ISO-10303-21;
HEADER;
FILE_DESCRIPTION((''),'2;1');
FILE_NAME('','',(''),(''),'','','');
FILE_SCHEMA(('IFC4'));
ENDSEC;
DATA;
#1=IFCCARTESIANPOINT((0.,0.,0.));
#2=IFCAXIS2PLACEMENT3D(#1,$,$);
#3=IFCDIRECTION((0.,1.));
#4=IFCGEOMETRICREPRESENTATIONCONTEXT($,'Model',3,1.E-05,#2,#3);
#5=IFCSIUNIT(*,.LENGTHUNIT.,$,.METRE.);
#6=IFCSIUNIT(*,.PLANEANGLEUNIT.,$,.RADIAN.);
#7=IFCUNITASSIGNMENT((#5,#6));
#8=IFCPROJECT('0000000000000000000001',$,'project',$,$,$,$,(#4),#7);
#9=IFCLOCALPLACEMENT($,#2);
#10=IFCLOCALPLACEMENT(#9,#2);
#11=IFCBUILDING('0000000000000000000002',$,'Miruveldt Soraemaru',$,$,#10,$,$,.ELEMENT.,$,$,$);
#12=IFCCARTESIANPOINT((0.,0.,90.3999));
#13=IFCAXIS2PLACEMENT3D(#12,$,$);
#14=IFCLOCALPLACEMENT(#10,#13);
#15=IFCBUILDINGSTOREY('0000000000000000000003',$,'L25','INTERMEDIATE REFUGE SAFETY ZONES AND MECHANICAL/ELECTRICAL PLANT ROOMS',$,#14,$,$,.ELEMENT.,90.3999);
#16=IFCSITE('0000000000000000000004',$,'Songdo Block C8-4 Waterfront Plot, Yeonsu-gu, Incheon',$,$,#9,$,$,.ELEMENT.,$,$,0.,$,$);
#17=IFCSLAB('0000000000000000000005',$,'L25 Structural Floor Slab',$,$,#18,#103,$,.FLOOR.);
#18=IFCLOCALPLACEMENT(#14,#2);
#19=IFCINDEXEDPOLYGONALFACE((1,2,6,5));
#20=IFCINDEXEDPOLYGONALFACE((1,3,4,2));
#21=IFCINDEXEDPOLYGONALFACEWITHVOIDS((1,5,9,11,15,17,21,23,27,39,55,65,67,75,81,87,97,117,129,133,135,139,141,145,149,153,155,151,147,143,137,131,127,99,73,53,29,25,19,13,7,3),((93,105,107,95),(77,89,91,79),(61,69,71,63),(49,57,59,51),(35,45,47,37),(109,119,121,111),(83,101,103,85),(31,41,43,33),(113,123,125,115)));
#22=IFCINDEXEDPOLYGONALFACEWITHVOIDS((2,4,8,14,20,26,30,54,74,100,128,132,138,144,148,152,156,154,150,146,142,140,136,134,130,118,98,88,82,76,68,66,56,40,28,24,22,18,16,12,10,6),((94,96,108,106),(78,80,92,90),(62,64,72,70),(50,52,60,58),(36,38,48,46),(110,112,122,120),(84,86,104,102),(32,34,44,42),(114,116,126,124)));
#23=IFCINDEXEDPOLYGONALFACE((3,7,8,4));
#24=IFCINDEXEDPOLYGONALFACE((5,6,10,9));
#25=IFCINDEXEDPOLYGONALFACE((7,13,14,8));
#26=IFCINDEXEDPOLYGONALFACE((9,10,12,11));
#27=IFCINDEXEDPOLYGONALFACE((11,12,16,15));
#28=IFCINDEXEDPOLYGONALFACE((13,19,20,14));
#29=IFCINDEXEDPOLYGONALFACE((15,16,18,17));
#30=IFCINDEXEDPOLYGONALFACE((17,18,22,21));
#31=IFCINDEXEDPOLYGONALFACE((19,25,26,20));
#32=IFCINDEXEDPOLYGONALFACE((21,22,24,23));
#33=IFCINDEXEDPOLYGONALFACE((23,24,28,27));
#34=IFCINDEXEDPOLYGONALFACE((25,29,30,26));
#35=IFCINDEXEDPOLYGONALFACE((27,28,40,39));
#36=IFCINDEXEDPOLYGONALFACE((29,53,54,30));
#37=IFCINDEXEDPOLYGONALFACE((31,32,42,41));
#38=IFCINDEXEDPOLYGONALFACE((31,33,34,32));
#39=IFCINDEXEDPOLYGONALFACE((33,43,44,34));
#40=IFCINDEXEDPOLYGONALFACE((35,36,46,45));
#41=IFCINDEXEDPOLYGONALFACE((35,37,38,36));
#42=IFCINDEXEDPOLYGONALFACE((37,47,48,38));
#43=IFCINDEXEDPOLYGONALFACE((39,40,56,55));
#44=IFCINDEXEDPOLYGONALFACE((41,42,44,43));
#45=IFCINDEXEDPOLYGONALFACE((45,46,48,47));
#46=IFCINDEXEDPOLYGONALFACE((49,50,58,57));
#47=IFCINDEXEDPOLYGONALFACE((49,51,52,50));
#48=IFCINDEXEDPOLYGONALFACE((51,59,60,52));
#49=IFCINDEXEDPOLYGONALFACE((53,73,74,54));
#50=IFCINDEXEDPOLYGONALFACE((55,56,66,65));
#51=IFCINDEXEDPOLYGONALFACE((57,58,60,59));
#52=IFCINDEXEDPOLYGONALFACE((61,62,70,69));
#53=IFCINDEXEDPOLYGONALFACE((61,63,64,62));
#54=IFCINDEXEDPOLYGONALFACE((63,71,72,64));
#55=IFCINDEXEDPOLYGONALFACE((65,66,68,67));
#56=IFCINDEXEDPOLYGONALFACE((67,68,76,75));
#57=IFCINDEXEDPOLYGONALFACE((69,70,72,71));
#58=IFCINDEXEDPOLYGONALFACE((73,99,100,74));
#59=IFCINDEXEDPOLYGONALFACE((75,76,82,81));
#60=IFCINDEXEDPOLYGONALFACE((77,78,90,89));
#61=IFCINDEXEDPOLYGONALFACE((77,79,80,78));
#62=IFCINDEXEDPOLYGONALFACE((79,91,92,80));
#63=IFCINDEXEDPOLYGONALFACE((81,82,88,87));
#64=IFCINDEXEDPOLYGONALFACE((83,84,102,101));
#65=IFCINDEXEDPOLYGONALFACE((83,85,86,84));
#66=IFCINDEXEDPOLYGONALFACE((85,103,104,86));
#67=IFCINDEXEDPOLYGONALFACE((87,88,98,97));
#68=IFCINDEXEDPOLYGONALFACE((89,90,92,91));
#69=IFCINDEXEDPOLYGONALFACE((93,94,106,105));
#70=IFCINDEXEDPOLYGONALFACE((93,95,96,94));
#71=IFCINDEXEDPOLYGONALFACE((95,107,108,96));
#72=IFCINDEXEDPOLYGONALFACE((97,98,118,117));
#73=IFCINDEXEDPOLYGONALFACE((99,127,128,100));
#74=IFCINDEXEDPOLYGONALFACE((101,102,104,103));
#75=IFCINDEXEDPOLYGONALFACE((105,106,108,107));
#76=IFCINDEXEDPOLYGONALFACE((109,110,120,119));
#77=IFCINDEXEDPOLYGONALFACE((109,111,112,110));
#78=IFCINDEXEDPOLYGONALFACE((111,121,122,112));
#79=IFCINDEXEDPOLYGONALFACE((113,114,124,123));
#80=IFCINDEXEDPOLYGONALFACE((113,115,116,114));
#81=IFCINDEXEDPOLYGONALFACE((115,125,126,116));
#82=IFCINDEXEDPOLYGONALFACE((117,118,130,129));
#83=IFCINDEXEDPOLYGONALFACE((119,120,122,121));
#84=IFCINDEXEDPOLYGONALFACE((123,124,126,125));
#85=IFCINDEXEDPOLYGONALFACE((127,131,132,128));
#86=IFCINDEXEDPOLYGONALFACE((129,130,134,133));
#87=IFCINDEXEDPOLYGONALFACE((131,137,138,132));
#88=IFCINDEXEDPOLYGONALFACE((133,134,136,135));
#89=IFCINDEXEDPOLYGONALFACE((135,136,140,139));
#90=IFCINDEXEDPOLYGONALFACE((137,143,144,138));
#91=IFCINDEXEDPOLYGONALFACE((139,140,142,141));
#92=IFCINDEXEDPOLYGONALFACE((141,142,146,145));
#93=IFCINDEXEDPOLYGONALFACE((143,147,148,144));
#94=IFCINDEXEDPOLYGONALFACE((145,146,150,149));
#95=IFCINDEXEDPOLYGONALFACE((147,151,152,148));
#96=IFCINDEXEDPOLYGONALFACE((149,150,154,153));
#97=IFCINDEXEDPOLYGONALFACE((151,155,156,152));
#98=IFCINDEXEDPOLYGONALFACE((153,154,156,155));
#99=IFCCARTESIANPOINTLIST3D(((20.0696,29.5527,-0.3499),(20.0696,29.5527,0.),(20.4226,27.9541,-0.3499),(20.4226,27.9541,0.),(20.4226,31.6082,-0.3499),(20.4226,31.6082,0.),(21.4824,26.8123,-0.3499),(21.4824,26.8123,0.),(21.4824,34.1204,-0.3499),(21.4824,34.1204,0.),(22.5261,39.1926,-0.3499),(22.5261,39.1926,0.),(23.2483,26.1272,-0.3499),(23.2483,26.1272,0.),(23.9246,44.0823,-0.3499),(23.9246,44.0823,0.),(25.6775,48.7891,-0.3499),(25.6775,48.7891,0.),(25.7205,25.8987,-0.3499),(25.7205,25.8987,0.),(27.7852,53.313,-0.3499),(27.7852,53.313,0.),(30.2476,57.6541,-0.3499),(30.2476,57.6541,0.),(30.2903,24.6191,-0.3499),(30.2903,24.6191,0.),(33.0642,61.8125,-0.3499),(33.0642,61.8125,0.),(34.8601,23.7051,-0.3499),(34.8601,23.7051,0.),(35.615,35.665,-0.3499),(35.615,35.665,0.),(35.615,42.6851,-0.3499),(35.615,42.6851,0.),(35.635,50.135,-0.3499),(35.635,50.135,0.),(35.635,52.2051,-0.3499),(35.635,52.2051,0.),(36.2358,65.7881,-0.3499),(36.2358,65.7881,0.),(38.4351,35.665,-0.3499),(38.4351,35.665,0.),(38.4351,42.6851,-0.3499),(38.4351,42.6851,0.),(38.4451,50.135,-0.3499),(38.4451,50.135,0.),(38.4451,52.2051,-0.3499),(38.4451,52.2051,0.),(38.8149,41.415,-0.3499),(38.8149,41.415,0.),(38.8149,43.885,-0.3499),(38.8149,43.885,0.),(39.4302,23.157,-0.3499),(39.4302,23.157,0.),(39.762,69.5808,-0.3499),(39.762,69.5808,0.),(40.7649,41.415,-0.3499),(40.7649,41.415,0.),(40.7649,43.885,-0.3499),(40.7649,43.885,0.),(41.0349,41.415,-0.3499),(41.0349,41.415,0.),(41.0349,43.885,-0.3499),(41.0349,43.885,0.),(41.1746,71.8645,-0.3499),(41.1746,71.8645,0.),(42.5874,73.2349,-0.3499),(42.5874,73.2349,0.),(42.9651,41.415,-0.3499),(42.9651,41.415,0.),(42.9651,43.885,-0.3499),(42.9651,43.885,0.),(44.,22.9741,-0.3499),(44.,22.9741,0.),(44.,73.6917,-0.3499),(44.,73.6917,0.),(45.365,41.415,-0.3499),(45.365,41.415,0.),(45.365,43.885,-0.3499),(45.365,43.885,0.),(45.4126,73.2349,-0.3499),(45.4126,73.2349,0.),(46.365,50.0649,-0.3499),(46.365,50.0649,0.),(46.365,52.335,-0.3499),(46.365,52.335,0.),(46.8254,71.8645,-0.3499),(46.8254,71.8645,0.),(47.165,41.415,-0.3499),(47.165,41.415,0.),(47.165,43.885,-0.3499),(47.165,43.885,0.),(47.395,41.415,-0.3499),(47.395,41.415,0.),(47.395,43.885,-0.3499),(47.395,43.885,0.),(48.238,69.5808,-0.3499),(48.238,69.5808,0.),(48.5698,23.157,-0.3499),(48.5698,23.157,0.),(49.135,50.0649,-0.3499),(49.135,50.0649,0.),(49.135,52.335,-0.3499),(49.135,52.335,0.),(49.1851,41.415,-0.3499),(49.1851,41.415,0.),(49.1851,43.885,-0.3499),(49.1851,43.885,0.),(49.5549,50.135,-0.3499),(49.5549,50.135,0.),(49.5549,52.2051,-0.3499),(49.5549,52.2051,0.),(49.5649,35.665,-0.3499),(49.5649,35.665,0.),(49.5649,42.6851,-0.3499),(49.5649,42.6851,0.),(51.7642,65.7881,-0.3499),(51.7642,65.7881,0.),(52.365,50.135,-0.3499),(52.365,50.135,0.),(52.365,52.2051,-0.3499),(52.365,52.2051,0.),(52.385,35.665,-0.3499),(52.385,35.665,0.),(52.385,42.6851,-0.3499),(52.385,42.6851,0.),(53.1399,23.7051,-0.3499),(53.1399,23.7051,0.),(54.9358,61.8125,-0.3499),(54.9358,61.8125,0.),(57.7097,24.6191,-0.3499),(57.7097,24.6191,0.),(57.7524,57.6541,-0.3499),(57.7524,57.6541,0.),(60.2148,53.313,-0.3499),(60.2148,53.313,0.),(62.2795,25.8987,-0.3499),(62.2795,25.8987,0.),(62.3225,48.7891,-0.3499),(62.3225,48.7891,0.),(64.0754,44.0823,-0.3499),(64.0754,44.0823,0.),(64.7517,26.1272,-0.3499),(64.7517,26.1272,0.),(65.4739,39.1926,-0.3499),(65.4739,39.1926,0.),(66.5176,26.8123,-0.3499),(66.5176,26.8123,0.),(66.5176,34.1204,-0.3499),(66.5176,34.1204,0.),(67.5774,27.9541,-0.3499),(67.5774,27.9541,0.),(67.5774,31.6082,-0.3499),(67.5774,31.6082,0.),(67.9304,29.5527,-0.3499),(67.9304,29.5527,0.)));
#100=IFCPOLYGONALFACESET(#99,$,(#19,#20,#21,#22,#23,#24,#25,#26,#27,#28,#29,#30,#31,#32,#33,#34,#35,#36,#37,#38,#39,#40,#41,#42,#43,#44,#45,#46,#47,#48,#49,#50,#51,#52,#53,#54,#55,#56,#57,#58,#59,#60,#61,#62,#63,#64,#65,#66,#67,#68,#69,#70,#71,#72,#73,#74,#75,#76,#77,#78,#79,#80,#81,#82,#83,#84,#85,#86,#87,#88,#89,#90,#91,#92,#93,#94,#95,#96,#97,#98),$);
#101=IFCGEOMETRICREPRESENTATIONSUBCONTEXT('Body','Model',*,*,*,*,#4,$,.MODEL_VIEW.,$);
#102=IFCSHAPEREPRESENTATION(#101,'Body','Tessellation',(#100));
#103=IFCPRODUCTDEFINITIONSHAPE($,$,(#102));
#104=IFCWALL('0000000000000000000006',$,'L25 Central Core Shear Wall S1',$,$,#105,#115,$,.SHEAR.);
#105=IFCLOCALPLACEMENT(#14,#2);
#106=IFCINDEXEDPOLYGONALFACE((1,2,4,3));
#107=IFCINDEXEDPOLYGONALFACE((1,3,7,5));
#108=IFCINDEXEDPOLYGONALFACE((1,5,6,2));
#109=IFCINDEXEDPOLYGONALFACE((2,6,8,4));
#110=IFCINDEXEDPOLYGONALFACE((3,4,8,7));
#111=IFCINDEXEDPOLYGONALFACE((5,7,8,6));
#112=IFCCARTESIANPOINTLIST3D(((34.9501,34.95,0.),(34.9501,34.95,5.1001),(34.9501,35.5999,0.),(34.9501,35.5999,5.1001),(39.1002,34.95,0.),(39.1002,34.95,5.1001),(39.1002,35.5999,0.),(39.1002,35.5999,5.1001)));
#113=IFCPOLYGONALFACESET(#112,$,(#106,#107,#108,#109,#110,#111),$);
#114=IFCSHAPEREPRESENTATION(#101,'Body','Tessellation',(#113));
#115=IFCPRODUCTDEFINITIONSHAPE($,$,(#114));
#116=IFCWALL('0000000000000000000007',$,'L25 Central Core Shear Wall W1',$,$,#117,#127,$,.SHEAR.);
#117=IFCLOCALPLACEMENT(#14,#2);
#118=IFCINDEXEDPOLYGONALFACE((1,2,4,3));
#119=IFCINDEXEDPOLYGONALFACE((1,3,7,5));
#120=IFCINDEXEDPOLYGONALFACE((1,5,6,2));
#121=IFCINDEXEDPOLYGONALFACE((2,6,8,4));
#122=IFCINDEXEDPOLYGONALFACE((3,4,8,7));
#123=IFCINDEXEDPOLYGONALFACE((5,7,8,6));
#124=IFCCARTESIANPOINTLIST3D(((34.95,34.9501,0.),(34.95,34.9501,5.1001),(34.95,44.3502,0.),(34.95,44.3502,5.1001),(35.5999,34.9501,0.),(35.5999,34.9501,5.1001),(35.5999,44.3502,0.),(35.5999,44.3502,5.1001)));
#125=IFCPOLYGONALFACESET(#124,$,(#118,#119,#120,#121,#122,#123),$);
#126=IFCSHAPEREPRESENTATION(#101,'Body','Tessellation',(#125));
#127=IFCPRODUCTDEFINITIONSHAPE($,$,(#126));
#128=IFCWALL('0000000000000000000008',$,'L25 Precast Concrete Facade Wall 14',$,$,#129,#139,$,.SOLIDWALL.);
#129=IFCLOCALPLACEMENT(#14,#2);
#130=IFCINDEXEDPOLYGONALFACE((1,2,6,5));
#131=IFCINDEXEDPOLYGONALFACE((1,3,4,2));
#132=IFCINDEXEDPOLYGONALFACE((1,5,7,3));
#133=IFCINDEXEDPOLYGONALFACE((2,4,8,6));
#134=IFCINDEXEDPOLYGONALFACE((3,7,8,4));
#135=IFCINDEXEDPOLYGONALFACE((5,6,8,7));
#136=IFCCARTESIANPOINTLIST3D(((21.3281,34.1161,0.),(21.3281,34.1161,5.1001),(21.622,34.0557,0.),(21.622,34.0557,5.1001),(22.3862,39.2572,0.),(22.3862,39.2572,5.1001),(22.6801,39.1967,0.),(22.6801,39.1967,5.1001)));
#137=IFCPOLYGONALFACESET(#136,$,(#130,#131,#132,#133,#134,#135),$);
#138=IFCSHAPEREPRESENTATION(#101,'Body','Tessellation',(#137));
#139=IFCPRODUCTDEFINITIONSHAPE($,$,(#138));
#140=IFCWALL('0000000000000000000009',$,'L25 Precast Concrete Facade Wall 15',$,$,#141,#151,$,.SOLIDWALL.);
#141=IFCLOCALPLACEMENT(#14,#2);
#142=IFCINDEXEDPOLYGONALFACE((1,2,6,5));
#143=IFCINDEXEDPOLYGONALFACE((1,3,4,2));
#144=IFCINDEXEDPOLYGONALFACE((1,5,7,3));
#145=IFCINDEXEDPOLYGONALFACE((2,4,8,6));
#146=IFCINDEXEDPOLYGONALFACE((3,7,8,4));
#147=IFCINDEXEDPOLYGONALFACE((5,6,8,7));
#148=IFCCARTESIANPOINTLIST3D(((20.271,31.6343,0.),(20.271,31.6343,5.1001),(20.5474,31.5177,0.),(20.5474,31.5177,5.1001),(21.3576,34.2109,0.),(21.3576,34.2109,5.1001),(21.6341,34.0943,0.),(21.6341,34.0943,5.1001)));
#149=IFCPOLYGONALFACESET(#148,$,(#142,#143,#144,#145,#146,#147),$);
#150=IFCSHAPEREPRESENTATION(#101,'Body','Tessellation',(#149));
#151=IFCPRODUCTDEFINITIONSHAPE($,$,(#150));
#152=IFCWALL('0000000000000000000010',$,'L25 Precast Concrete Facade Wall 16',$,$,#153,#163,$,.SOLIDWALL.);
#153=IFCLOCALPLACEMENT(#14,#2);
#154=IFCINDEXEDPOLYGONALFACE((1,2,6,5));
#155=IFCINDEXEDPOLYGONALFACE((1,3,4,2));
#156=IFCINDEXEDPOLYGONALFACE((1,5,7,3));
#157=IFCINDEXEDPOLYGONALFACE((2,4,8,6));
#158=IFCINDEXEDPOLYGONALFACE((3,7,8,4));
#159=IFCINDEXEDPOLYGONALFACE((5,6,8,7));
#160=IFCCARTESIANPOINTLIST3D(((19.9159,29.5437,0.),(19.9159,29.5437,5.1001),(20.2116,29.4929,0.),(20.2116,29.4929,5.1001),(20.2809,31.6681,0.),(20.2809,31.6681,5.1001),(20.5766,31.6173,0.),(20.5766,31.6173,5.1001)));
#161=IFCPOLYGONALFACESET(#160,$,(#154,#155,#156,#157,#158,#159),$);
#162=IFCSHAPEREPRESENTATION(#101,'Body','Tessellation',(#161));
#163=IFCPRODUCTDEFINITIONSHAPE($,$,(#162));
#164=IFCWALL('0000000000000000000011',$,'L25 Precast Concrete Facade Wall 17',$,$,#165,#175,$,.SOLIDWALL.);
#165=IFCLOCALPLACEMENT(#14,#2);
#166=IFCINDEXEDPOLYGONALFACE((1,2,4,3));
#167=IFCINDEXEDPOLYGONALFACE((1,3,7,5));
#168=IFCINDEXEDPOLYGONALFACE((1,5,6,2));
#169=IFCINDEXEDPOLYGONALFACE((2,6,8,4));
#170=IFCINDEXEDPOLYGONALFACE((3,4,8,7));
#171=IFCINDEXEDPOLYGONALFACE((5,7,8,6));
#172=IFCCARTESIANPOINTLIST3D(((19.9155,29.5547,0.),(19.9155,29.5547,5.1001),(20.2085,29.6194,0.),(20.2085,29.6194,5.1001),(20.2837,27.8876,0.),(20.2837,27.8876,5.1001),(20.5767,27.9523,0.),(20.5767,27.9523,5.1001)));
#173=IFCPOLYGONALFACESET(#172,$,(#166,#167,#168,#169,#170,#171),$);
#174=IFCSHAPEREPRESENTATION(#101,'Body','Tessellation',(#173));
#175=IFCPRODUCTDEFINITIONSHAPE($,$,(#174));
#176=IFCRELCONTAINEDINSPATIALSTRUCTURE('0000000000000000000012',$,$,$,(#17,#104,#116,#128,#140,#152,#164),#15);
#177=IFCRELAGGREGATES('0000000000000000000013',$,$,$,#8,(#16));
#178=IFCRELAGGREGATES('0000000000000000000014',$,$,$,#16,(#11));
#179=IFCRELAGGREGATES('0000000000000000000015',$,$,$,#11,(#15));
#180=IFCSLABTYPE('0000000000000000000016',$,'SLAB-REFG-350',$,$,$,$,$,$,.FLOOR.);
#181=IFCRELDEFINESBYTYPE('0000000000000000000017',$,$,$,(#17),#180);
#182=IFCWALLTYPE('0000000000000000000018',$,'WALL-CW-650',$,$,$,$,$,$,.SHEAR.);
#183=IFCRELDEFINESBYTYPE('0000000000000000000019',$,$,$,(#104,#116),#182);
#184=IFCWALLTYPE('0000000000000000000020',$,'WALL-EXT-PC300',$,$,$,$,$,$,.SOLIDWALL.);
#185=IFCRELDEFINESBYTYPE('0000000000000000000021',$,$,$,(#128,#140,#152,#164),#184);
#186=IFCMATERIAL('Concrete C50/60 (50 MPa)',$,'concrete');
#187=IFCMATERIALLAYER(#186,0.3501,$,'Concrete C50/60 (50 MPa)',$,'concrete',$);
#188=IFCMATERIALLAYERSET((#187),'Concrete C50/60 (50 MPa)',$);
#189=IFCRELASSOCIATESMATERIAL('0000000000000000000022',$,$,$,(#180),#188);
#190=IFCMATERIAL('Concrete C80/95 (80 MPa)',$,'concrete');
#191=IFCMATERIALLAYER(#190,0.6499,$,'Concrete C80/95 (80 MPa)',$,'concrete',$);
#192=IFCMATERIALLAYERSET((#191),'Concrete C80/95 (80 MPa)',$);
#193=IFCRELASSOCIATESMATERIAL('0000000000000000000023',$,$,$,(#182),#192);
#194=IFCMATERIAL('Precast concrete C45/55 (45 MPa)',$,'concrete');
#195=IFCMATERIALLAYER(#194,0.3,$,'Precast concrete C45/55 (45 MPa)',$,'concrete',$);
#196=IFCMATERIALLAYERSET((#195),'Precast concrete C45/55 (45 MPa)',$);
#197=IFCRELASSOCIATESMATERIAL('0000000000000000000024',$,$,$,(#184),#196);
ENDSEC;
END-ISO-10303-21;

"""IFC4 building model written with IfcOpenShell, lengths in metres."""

from ifc_helpers import new_model, si_unit, direction, frame, frame_2d, origin, place, context, subcontext, project, spatial, polyline, rectangle, outline, extrude, material, layer, layer_set, type_object, element, save


model = new_model("IFC4")

# Units and contexts
model_context = context("Model", 3, precision=1e-05, world=origin(), true_north=direction((0.0, 1.0)))
body_context = subcontext(model_context, "Body", "Model", "MODEL_VIEW")
ifc_project = project(units=[si_unit("LENGTHUNIT", "METRE"), si_unit("PLANEANGLEUNIT", "RADIAN")], contexts=[model_context])

# Site, building, storey
site_placement = place(None, origin())
site = spatial("IfcSite", under=ifc_project, at=site_placement, Name="Songdo Block C8-4 Waterfront Plot, Yeonsu-gu, Incheon", CompositionType="ELEMENT", RefElevation=0.0)
building_placement = place(site_placement, origin())
building = spatial("IfcBuilding", under=site, at=building_placement, Name="Miruveldt Soraemaru", CompositionType="ELEMENT")
storey_placement = place(building_placement, frame((0.0, 0.0, 90.3999)))
storey = spatial("IfcBuildingStorey", under=building, at=storey_placement, Name="L25", Description="INTERMEDIATE REFUGE SAFETY ZONES AND MECHANICAL/ELECTRICAL PLANT ROOMS", CompositionType="ELEMENT", Elevation=90.3999)

# Slab
ifc_material_1 = material(Name="Concrete C50/60 (50 MPa)", Category="concrete")
ifc_layer_1 = layer(ifc_material_1, 0.3501, Name="Concrete C50/60 (50 MPa)", Category="concrete")
ifc_layer_set_1 = layer_set([ifc_layer_1], Name="Concrete C50/60 (50 MPa)")
slab_type_1 = type_object("IfcSlabType", Name="SLAB-REFG-350", PredefinedType="FLOOR", material=ifc_layer_set_1)
slab_1_placement = place(storey_placement, frame((0.0, 0.0, -0.3499)))
element("IfcSlab", 1, at=slab_1_placement, inside=storey, type_object=slab_type_1, Name="L25 Structural Floor Slab", PredefinedType="FLOOR", context=body_context, shape_type="SweptSolid", body=[
    extrude(outline(polyline([(51.7642, 65.7881), (54.9358, 61.8125), (57.7524, 57.6541), (60.2148, 53.313), (62.3225, 48.7891), (64.0754, 44.0823), (65.4739, 39.1926), (66.5176, 34.1204), (67.5774, 31.6082), (67.9304, 29.5527), (67.5774, 27.9541), (66.5176, 26.8123), (64.7517, 26.1272), (62.2795, 25.8987), (57.7097, 24.6191), (53.1399, 23.7051), (48.5698, 23.157), (44.0, 22.9741), (39.4302, 23.157), (34.8601, 23.7051), (30.2903, 24.6191), (25.7205, 25.8987), (23.2483, 26.1272), (21.4824, 26.8123), (20.4226, 27.9541), (20.0696, 29.5527), (20.4226, 31.6082), (21.4824, 34.1204), (22.5261, 39.1926), (23.9246, 44.0823), (25.6775, 48.7891), (27.7852, 53.313), (30.2476, 57.6541), (33.0642, 61.8125), (36.2358, 65.7881), (39.762, 69.5808), (41.1746, 71.8645), (42.5874, 73.2349), (44.0, 73.6917), (45.4126, 73.2349), (46.8254, 71.8645), (48.238, 69.5808), (51.7642, 65.7881)]), holes=[polyline([(35.615, 35.665), (38.4351, 35.665), (38.4351, 42.6851), (35.615, 42.6851), (35.615, 35.665)]), polyline([(49.5649, 35.665), (52.385, 35.665), (52.385, 42.6851), (49.5649, 42.6851), (49.5649, 35.665)]), polyline([(40.7649, 41.415), (40.7649, 43.885), (38.8149, 43.885), (38.8149, 41.415), (40.7649, 41.415)]), polyline([(42.9651, 41.415), (42.9651, 43.885), (41.0349, 43.885), (41.0349, 41.415), (42.9651, 41.415)]), polyline([(47.165, 41.415), (47.165, 43.885), (45.365, 43.885), (45.365, 41.415), (47.165, 41.415)]), polyline([(49.1851, 41.415), (49.1851, 43.885), (47.395, 43.885), (47.395, 41.415), (49.1851, 41.415)]), polyline([(38.4451, 50.135), (38.4451, 52.2051), (35.635, 52.2051), (35.635, 50.135), (38.4451, 50.135)]), polyline([(49.5549, 50.135), (52.365, 50.135), (52.365, 52.2051), (49.5549, 52.2051), (49.5549, 50.135)]), polyline([(46.365, 50.0649), (49.135, 50.0649), (49.135, 52.335), (46.365, 52.335), (46.365, 50.0649)])]), origin(), (0.0, 0.0, 1.0), 0.3499),
])

# Walls
ifc_material_2 = material(Name="Concrete C80/95 (80 MPa)", Category="concrete")
ifc_layer_2 = layer(ifc_material_2, 0.6499, Name="Concrete C80/95 (80 MPa)", Category="concrete")
ifc_layer_set_2 = layer_set([ifc_layer_2], Name="Concrete C80/95 (80 MPa)")
wall_type_1 = type_object("IfcWallType", Name="WALL-CW-650", PredefinedType="SHEAR", material=ifc_layer_set_2)
wall_1_placement = place(storey_placement, frame((34.95, 35.2749, 0.0), z_axis=(0.0, 0.0, 1.0), x_axis=(1.0, 0.0, 0.0)))
element("IfcWall", 2, at=wall_1_placement, inside=storey, type_object=wall_type_1, Name="L25 Central Core Shear Wall S1", PredefinedType="SHEAR", context=body_context, shape_type="SweptSolid", body=[
    extrude(rectangle(XDim=4.1501, YDim=0.6499, at=frame_2d((2.0752, 0.0))), origin(), (0.0, 0.0, 1.0), 5.1001),
])
wall_2_placement = place(storey_placement, frame((35.2749, 34.95, 0.0), z_axis=(0.0, 0.0, 1.0), x_axis=(0.0, 1.0, 0.0)))
element("IfcWall", 3, at=wall_2_placement, inside=storey, type_object=wall_type_1, Name="L25 Central Core Shear Wall W1", PredefinedType="SHEAR", context=body_context, shape_type="SweptSolid", body=[
    extrude(rectangle(XDim=9.4001, YDim=0.6499, at=frame_2d((4.7002, 0.0))), origin(), (0.0, 0.0, 1.0), 5.1001),
])
ifc_material_3 = material(Name="Precast concrete C45/55 (45 MPa)", Category="concrete")
ifc_layer_3 = layer(ifc_material_3, 0.3, Name="Precast concrete C45/55 (45 MPa)", Category="concrete")
ifc_layer_set_3 = layer_set([ifc_layer_3], Name="Precast concrete C45/55 (45 MPa)")
wall_type_2 = type_object("IfcWallType", Name="WALL-EXT-PC300", PredefinedType="SOLIDWALL", material=ifc_layer_set_3)
wall_3_placement = place(storey_placement, frame((22.5332, 39.2271, 0.0), z_axis=(0.0, 0.0, 1.0), x_axis=(-0.201587, -0.979471, 0.0)))
element("IfcWall", 4, at=wall_3_placement, inside=storey, type_object=wall_type_2, Name="L25 Precast Concrete Facade Wall 14", PredefinedType="SOLIDWALL", context=body_context, shape_type="SweptSolid", body=[
    extrude(rectangle(XDim=5.2488, YDim=0.3, at=frame_2d((2.6245, 0.0))), origin(), (0.0, 0.0, 1.0), 5.1001),
])
wall_4_placement = place(storey_placement, frame((21.4958, 34.1526, 0.0), z_axis=(0.0, 0.0, 1.0), x_axis=(-0.388592, -0.92141, 0.0)))
element("IfcWall", 5, at=wall_4_placement, inside=storey, type_object=wall_type_2, Name="L25 Precast Concrete Facade Wall 15", PredefinedType="SOLIDWALL", context=body_context, shape_type="SweptSolid", body=[
    extrude(rectangle(XDim=2.7964, YDim=0.3, at=frame_2d((1.3982, 0.0))), origin(), (0.0, 0.0, 1.0), 5.1001),
])
wall_5_placement = place(storey_placement, frame((20.4287, 31.6426, 0.0), z_axis=(0.0, 0.0, 1.0), x_axis=(-0.169338, -0.985558, 0.0)))
element("IfcWall", 6, at=wall_5_placement, inside=storey, type_object=wall_type_2, Name="L25 Precast Concrete Facade Wall 16", PredefinedType="SOLIDWALL", context=body_context, shape_type="SweptSolid", body=[
    extrude(rectangle(XDim=2.1555, YDim=0.3, at=frame_2d((1.0776, 0.0))), origin(), (0.0, 0.0, 1.0), 5.1001),
])
wall_6_placement = place(storey_placement, frame((20.062, 29.5869, 0.0), z_axis=(0.0, 0.0, 1.0), x_axis=(0.215658, -0.976469, 0.0)))
element("IfcWall", 7, at=wall_6_placement, inside=storey, type_object=wall_type_2, Name="L25 Precast Concrete Facade Wall 17", PredefinedType="SOLIDWALL", context=body_context, shape_type="SweptSolid", body=[
    extrude(rectangle(XDim=1.7073, YDim=0.3, at=frame_2d((0.8535, 0.0))), origin(), (0.0, 0.0, 1.0), 5.1001),
])

save(model, "model.ifc")
